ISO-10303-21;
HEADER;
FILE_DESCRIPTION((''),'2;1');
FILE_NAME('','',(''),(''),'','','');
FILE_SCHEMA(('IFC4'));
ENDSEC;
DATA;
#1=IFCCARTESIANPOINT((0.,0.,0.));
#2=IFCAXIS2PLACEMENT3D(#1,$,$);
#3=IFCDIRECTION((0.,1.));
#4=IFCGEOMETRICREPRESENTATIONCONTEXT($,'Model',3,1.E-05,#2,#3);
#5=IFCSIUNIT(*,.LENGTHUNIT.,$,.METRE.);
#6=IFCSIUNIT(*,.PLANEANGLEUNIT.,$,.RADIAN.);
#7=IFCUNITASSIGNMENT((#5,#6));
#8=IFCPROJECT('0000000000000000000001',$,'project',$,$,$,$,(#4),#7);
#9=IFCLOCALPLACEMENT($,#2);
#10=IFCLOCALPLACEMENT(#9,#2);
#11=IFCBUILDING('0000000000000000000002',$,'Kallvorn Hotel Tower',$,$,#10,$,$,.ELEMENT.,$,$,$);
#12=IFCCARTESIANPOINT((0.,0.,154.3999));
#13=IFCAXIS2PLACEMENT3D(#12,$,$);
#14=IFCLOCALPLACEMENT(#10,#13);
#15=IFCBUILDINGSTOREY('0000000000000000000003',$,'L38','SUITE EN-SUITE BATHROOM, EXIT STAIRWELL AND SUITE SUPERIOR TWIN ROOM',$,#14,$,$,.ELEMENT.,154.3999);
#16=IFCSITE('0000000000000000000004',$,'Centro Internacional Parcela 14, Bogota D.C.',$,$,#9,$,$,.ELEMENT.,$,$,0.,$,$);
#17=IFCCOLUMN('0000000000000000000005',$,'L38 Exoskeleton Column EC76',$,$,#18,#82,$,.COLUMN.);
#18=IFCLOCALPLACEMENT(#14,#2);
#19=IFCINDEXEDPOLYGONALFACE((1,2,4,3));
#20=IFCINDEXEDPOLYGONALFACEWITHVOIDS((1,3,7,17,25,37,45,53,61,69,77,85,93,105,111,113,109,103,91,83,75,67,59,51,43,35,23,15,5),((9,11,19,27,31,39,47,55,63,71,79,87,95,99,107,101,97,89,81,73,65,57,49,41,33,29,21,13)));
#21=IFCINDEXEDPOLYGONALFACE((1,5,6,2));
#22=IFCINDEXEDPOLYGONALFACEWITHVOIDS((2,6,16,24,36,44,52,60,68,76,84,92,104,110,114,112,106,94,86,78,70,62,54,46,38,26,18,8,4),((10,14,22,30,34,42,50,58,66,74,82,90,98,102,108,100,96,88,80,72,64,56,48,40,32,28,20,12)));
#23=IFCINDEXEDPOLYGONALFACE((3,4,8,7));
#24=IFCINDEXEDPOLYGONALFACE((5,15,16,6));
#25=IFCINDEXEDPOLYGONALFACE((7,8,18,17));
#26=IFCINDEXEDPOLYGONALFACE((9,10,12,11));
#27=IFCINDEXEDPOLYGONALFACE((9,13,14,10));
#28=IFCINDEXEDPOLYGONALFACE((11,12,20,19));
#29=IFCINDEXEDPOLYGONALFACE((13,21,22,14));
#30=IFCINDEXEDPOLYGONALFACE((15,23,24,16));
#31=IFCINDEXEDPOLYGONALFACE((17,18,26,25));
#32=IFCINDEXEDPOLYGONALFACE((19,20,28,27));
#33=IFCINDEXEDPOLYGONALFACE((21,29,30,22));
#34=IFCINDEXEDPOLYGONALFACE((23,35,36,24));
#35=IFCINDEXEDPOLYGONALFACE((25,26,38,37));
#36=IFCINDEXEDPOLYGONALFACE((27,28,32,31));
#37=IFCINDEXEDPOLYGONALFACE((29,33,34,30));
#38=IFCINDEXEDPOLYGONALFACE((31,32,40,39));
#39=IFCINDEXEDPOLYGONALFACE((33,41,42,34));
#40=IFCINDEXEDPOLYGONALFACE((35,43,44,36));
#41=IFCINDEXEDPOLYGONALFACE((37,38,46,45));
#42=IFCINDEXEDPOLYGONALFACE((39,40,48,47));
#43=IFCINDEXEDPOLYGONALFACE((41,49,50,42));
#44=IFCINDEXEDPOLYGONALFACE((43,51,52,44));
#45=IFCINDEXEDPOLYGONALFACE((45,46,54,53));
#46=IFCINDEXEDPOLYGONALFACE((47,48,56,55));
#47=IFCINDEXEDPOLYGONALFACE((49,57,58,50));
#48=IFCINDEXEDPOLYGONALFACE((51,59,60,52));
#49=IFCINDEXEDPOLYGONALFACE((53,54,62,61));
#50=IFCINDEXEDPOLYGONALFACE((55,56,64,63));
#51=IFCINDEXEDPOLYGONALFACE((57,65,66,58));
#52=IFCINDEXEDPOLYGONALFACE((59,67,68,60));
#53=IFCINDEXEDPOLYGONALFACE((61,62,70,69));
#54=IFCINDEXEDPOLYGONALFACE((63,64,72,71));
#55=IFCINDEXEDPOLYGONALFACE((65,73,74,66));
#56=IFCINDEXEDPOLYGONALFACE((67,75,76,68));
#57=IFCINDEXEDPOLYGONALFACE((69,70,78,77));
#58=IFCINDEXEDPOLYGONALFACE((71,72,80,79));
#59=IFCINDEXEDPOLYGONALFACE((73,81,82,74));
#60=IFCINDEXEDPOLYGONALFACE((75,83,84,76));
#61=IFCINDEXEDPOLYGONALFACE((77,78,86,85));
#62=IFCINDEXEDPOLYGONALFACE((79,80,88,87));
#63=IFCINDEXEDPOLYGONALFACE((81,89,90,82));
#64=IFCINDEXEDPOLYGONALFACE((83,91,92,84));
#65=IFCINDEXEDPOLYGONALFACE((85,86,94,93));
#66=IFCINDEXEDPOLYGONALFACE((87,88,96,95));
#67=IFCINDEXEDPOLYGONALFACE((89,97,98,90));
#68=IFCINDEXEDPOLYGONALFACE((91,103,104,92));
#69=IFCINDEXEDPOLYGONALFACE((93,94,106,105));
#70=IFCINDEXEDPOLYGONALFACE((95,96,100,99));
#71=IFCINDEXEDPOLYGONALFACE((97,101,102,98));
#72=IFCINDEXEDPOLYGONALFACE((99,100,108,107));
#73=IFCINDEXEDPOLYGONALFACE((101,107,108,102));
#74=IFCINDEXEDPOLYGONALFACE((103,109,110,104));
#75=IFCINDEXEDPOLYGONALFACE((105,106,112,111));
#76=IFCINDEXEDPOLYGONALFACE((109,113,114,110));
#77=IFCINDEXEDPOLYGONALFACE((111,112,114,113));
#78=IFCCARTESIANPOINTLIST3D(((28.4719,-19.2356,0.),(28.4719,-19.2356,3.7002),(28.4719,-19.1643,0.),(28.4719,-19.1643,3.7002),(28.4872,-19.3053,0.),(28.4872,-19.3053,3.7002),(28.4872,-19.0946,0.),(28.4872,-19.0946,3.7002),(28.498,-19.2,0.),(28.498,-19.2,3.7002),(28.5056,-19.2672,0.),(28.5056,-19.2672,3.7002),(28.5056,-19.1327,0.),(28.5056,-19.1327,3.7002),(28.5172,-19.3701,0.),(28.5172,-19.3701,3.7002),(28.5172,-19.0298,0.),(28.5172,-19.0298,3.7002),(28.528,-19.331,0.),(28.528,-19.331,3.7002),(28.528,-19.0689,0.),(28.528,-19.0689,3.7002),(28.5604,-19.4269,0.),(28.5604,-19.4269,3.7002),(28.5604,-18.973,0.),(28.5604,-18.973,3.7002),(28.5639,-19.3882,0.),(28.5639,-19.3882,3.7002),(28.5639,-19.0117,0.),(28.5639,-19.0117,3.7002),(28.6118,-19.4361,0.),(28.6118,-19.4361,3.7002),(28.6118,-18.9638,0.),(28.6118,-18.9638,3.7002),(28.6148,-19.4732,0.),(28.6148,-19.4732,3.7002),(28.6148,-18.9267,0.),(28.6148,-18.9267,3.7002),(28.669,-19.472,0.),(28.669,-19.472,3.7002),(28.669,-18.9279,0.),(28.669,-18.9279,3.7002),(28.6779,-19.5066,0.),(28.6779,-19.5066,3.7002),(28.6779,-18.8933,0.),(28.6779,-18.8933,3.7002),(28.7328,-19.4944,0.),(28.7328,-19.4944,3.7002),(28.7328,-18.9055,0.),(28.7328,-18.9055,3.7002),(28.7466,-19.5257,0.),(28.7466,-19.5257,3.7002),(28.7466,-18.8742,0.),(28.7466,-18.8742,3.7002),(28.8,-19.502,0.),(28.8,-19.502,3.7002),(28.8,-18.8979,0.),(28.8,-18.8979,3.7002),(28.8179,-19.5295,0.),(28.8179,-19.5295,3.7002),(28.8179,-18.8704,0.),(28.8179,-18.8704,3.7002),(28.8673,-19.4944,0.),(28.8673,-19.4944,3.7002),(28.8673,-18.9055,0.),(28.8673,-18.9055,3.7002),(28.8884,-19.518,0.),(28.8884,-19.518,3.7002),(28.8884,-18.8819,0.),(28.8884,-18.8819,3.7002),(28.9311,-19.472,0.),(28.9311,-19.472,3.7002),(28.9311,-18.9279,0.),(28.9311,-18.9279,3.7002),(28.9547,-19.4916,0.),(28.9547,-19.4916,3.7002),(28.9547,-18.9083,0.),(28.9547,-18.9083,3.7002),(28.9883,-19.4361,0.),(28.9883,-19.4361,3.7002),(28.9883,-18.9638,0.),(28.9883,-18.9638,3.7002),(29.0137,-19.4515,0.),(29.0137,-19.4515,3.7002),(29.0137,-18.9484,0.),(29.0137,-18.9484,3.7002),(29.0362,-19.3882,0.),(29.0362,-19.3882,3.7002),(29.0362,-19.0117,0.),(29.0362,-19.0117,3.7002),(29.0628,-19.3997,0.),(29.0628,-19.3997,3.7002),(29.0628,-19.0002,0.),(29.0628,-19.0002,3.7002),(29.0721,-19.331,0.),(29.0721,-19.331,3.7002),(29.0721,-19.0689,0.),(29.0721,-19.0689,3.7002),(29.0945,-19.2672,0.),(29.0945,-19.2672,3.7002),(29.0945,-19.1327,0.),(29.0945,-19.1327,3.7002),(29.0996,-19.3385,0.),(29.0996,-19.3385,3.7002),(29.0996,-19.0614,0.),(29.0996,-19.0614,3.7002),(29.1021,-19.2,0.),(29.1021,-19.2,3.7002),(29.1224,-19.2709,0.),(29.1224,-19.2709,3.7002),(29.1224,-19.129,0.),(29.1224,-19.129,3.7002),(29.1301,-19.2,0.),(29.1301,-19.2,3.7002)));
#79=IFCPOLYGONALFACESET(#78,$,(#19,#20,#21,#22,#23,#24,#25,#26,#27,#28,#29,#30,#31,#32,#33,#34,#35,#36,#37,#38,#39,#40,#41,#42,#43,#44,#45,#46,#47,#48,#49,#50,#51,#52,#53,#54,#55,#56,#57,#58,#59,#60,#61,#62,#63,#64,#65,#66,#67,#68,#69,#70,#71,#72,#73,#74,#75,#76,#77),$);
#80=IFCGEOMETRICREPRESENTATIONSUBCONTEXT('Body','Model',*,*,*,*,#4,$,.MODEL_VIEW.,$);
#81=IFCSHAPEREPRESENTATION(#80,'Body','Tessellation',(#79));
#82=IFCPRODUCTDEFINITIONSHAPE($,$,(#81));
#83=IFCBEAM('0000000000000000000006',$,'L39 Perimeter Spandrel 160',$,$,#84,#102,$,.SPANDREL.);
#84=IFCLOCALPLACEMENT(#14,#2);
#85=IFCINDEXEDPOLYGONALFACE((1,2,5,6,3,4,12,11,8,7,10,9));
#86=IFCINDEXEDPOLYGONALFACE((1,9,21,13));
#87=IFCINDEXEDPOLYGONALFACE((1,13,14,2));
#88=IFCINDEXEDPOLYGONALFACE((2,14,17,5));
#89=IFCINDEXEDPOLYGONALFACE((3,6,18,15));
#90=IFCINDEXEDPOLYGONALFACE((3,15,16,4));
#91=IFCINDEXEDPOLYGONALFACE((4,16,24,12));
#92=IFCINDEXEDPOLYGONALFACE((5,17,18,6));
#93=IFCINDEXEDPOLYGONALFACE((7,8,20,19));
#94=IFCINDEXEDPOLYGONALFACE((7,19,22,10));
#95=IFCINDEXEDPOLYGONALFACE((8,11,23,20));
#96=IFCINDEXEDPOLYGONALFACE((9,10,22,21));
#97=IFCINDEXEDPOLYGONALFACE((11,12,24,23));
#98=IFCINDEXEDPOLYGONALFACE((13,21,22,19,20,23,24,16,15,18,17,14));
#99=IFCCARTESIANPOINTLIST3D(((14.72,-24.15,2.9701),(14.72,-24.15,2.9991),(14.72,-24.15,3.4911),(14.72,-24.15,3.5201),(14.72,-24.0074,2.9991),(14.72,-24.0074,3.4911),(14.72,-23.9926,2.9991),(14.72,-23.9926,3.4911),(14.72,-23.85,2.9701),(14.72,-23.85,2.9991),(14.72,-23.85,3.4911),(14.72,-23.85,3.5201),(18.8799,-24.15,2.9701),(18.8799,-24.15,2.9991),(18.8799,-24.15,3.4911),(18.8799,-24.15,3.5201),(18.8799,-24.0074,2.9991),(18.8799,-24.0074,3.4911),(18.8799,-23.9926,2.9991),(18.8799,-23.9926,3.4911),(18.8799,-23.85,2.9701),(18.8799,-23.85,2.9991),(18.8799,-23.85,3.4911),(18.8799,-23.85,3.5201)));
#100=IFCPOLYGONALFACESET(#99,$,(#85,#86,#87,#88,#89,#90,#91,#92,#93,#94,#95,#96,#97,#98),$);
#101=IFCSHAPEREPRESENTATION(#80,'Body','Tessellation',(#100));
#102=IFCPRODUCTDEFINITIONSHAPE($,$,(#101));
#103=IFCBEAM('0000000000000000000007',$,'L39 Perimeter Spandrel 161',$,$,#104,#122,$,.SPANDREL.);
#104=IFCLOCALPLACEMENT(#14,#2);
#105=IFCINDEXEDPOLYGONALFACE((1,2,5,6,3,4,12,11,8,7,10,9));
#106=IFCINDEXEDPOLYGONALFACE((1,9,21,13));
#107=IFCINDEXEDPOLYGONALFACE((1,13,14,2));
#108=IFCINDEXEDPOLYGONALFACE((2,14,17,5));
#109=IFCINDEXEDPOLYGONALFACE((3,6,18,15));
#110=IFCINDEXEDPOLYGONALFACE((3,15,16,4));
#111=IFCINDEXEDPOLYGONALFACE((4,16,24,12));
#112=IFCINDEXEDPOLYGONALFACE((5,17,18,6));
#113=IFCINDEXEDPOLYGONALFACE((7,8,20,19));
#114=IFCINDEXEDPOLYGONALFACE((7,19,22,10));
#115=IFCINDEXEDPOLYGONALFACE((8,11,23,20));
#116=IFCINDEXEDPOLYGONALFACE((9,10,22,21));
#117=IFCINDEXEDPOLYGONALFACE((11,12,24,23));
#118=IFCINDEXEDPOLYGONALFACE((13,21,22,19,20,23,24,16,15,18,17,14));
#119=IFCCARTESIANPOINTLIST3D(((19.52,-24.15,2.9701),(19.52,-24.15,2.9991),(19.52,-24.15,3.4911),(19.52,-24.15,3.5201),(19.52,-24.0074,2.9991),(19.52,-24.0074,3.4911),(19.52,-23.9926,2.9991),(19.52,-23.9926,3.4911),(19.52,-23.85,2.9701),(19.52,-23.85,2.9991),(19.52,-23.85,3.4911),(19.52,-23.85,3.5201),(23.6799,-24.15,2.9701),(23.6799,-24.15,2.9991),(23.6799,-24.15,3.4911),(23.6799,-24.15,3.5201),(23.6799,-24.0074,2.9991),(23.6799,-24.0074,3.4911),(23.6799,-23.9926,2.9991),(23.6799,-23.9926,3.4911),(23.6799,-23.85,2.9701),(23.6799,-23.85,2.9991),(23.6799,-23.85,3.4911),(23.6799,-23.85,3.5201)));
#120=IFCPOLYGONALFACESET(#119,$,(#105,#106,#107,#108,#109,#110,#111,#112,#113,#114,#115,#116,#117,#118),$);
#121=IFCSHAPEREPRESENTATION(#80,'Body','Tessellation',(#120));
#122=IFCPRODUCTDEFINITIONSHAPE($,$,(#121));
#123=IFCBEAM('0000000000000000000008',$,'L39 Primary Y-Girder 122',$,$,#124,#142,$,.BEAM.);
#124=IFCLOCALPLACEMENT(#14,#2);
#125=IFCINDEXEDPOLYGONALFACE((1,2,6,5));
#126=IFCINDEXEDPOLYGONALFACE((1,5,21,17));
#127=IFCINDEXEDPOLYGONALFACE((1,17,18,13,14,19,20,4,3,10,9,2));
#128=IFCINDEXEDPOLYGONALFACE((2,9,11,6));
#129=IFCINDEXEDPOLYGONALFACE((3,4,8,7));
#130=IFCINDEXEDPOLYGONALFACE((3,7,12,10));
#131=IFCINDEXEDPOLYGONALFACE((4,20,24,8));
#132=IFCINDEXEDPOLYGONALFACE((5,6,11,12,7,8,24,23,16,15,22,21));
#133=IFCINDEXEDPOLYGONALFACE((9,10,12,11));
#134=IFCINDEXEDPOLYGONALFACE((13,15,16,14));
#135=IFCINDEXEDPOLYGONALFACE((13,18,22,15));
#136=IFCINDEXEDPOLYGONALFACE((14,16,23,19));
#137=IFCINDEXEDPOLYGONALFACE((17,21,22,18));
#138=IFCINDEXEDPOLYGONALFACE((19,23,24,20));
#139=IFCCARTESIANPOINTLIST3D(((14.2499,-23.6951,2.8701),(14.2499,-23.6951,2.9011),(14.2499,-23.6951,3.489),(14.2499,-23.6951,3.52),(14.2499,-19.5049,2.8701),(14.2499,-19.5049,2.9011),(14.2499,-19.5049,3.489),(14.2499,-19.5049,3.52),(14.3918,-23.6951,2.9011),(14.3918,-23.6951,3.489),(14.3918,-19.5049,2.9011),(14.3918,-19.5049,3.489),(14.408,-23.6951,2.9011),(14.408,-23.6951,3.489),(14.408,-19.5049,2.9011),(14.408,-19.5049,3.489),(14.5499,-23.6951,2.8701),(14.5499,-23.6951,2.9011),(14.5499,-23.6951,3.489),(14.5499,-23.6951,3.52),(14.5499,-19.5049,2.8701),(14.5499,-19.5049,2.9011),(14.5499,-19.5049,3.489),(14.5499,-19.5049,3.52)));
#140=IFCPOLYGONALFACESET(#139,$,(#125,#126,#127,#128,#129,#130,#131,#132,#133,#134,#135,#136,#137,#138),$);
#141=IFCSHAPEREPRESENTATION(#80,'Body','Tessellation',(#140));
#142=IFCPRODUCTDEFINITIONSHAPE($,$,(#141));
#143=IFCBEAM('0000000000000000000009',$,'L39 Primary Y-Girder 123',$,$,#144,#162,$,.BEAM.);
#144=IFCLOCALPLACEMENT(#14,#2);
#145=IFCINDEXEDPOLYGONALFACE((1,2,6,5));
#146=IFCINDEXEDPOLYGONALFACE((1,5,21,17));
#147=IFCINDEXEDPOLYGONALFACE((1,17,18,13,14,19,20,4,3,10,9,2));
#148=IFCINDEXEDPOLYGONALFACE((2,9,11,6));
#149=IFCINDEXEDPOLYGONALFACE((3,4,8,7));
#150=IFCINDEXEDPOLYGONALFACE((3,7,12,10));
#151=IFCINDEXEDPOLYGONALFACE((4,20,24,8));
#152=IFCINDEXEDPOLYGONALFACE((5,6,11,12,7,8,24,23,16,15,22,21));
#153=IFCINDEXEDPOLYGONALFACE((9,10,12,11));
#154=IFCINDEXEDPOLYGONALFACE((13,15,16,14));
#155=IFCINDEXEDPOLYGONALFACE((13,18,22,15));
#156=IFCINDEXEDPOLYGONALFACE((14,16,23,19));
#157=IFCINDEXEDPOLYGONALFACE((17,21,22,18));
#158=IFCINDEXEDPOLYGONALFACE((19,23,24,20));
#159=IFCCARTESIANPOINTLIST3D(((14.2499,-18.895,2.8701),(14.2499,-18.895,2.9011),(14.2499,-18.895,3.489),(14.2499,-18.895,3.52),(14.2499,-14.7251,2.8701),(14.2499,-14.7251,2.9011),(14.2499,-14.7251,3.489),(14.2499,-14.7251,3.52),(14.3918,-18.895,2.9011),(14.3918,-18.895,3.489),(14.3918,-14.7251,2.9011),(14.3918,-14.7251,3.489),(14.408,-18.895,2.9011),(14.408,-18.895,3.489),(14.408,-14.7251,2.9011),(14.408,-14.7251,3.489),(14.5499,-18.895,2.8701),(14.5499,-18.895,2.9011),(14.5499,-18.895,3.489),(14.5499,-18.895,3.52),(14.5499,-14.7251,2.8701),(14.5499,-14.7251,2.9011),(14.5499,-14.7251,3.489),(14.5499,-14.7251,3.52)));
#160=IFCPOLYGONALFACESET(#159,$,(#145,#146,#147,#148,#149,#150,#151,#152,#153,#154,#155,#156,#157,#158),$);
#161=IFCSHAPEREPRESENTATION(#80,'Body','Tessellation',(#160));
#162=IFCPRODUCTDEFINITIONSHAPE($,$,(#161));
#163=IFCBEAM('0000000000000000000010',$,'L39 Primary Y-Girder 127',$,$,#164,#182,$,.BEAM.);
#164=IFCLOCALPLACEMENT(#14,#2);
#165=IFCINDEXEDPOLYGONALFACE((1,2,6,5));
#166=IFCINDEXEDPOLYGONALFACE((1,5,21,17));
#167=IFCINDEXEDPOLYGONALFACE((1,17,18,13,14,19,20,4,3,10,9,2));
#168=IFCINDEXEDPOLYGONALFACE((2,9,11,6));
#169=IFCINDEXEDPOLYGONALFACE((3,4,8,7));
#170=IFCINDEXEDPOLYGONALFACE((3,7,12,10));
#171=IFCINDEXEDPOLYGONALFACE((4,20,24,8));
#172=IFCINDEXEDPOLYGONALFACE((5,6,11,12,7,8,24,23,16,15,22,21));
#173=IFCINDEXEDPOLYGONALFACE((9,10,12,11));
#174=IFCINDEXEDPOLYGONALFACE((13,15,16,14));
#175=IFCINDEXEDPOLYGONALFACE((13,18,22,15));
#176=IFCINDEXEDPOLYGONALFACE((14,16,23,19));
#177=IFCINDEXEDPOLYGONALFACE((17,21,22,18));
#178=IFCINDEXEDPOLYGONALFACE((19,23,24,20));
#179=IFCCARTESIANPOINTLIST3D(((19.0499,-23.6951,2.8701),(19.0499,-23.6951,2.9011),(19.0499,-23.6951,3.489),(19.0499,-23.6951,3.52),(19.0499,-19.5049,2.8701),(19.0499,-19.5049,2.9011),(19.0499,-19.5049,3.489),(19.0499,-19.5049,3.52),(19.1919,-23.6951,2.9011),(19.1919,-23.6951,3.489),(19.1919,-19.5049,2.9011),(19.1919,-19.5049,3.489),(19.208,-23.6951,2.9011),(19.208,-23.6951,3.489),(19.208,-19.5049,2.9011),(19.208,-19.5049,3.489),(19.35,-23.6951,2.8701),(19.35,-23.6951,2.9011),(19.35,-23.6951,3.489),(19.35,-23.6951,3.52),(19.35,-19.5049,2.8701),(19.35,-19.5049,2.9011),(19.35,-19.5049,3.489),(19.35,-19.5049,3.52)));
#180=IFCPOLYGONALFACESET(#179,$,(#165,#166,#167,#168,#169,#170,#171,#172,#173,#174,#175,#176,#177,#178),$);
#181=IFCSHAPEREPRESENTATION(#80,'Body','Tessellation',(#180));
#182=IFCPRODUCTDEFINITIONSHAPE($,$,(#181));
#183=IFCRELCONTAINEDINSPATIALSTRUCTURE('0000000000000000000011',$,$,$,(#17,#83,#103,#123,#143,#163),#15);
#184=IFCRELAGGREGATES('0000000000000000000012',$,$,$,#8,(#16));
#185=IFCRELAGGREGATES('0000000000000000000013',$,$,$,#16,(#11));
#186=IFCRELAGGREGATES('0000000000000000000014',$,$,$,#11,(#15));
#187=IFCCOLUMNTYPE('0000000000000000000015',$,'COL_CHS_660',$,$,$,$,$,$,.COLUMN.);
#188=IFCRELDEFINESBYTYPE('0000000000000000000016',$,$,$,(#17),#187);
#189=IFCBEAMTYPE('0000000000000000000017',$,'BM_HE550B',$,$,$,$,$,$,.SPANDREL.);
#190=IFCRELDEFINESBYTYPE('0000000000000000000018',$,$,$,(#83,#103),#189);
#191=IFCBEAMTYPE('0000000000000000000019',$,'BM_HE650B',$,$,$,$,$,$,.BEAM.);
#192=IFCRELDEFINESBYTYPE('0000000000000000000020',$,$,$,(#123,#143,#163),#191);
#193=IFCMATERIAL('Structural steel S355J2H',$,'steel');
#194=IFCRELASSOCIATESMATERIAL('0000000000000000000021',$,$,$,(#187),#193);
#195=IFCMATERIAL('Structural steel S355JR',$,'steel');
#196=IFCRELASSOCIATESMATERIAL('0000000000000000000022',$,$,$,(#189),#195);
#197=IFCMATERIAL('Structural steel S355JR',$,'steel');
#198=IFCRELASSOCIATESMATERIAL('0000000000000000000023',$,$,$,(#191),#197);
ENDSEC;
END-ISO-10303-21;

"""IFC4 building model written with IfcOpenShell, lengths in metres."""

from ifc_helpers import new_model, si_unit, direction, frame, origin, origin_2d, place, context, subcontext, project, spatial, hollow_circle, i_section, extrude, material, material_profile, profile_set, type_object, element, save


model = new_model("IFC4")

# Units and contexts
model_context = context("Model", 3, precision=1e-05, world=origin(), true_north=direction((0.0, 1.0)))
body_context = subcontext(model_context, "Body", "Model", "MODEL_VIEW")
ifc_project = project(units=[si_unit("LENGTHUNIT", "METRE"), si_unit("PLANEANGLEUNIT", "RADIAN")], contexts=[model_context])

# Site, building, storey
site_placement = place(None, origin())
site = spatial("IfcSite", under=ifc_project, at=site_placement, Name="Centro Internacional Parcela 14, Bogota D.C.", CompositionType="ELEMENT", RefElevation=0.0)
building_placement = place(site_placement, origin())
building = spatial("IfcBuilding", under=site, at=building_placement, Name="Kallvorn Hotel Tower", CompositionType="ELEMENT")
storey_placement = place(building_placement, frame((0.0, 0.0, 154.3999)))
storey = spatial("IfcBuildingStorey", under=building, at=storey_placement, Name="L38", Description="SUITE EN-SUITE BATHROOM, EXIT STAIRWELL AND SUITE SUPERIOR TWIN ROOM", CompositionType="ELEMENT", Elevation=154.3999)

# Column
ifc_material_1 = material(Name="Structural steel S355J2H", Category="steel")
ifc_material_profile_1 = material_profile(ifc_material_1, hollow_circle(Radius=0.3301, WallThickness=0.0281, at=origin_2d()), Name="CHS 660x28")
ifc_profile_set_1 = profile_set([ifc_material_profile_1], Name="Structural steel S355J2H")
column_type = type_object("IfcColumnType", Name="COL_CHS_660", PredefinedType="COLUMN", material=ifc_profile_set_1)
for number, where, z_axis, x_axis, name in (
    (1, (28.8, -19.2, 0.0), (0.0, 0.0, 1.0), (1.0, 0.0, 0.0), "L38 Exoskeleton Column EC76"),
):
    element("IfcColumn", number, at=place(storey_placement, frame(where, z_axis=z_axis, x_axis=x_axis)), inside=storey, type_object=column_type, Name=name, PredefinedType="COLUMN", context=body_context, shape_type="SweptSolid", body=[
        extrude(hollow_circle(Radius=0.3301, WallThickness=0.0281, at=origin_2d()), origin(), (0.0, 0.0, 1.0), 3.7002),
    ])

# Beams
ifc_material_2 = material(Name="Structural steel S355JR", Category="steel")
ifc_material_profile_2 = material_profile(ifc_material_2, i_section(OverallWidth=0.3, OverallDepth=0.55, WebThickness=0.0149, FlangeThickness=0.0291, at=origin_2d()), Name="HE 550 B")
ifc_profile_set_2 = profile_set([ifc_material_profile_2], Name="Structural steel S355JR")
beam_type_1 = type_object("IfcBeamType", Name="BM_HE550B", PredefinedType="SPANDREL", material=ifc_profile_set_2)
for number, where, z_axis, x_axis, name in (
    (2, (14.72, -24.0, 3.2451), (1.0, 0.0, 0.0), (0.0, 1.0, 0.0), "L39 Perimeter Spandrel 160"),
    (3, (19.52, -24.0, 3.2451), (1.0, 0.0, 0.0), (0.0, 1.0, 0.0), "L39 Perimeter Spandrel 161"),
):
    element("IfcBeam", number, at=place(storey_placement, frame(where, z_axis=z_axis, x_axis=x_axis)), inside=storey, type_object=beam_type_1, Name=name, PredefinedType="SPANDREL", context=body_context, shape_type="SweptSolid", body=[
        extrude(i_section(OverallWidth=0.3, OverallDepth=0.55, WebThickness=0.0149, FlangeThickness=0.0291, at=origin_2d()), origin(), (0.0, 0.0, 1.0), 4.1599),
    ])
ifc_material_3 = material(Name="Structural steel S355JR", Category="steel")
ifc_material_profile_3 = material_profile(ifc_material_3, i_section(OverallWidth=0.3, OverallDepth=0.6499, WebThickness=0.0161, FlangeThickness=0.031, at=origin_2d()), Name="HE 650 B")
ifc_profile_set_3 = profile_set([ifc_material_profile_3], Name="Structural steel S355JR")
beam_type_2 = type_object("IfcBeamType", Name="BM_HE650B", PredefinedType="BEAM", material=ifc_profile_set_3)
beam_1_placement = place(storey_placement, frame((14.3999, -23.6951, 3.1951), z_axis=(0.0, 1.0, 0.0), x_axis=(-1.0, 0.0, 0.0)))
element("IfcBeam", 4, at=beam_1_placement, inside=storey, type_object=beam_type_2, Name="L39 Primary Y-Girder 122", PredefinedType="BEAM", context=body_context, shape_type="SweptSolid", body=[
    extrude(i_section(OverallWidth=0.3, OverallDepth=0.6499, WebThickness=0.0161, FlangeThickness=0.031, at=origin_2d()), origin(), (0.0, 0.0, 1.0), 4.1902),
])
beam_2_placement = place(storey_placement, frame((14.3999, -18.895, 3.1951), z_axis=(0.0, 1.0, 0.0), x_axis=(-1.0, 0.0, 0.0)))
element("IfcBeam", 5, at=beam_2_placement, inside=storey, type_object=beam_type_2, Name="L39 Primary Y-Girder 123", PredefinedType="BEAM", context=body_context, shape_type="SweptSolid", body=[
    extrude(i_section(OverallWidth=0.3, OverallDepth=0.6499, WebThickness=0.0161, FlangeThickness=0.031, at=origin_2d()), origin(), (0.0, 0.0, 1.0), 4.1699),
])
for number, where, z_axis, x_axis, name in (
    (6, (19.2, -23.6951, 3.1951), (0.0, 1.0, 0.0), (-1.0, 0.0, 0.0), "L39 Primary Y-Girder 127"),
):
    element("IfcBeam", number, at=place(storey_placement, frame(where, z_axis=z_axis, x_axis=x_axis)), inside=storey, type_object=beam_type_2, Name=name, PredefinedType="BEAM", context=body_context, shape_type="SweptSolid", body=[
        extrude(i_section(OverallWidth=0.3, OverallDepth=0.6499, WebThickness=0.0161, FlangeThickness=0.031, at=origin_2d()), origin(), (0.0, 0.0, 1.0), 4.1902),
    ])

save(model, "model.ifc")
